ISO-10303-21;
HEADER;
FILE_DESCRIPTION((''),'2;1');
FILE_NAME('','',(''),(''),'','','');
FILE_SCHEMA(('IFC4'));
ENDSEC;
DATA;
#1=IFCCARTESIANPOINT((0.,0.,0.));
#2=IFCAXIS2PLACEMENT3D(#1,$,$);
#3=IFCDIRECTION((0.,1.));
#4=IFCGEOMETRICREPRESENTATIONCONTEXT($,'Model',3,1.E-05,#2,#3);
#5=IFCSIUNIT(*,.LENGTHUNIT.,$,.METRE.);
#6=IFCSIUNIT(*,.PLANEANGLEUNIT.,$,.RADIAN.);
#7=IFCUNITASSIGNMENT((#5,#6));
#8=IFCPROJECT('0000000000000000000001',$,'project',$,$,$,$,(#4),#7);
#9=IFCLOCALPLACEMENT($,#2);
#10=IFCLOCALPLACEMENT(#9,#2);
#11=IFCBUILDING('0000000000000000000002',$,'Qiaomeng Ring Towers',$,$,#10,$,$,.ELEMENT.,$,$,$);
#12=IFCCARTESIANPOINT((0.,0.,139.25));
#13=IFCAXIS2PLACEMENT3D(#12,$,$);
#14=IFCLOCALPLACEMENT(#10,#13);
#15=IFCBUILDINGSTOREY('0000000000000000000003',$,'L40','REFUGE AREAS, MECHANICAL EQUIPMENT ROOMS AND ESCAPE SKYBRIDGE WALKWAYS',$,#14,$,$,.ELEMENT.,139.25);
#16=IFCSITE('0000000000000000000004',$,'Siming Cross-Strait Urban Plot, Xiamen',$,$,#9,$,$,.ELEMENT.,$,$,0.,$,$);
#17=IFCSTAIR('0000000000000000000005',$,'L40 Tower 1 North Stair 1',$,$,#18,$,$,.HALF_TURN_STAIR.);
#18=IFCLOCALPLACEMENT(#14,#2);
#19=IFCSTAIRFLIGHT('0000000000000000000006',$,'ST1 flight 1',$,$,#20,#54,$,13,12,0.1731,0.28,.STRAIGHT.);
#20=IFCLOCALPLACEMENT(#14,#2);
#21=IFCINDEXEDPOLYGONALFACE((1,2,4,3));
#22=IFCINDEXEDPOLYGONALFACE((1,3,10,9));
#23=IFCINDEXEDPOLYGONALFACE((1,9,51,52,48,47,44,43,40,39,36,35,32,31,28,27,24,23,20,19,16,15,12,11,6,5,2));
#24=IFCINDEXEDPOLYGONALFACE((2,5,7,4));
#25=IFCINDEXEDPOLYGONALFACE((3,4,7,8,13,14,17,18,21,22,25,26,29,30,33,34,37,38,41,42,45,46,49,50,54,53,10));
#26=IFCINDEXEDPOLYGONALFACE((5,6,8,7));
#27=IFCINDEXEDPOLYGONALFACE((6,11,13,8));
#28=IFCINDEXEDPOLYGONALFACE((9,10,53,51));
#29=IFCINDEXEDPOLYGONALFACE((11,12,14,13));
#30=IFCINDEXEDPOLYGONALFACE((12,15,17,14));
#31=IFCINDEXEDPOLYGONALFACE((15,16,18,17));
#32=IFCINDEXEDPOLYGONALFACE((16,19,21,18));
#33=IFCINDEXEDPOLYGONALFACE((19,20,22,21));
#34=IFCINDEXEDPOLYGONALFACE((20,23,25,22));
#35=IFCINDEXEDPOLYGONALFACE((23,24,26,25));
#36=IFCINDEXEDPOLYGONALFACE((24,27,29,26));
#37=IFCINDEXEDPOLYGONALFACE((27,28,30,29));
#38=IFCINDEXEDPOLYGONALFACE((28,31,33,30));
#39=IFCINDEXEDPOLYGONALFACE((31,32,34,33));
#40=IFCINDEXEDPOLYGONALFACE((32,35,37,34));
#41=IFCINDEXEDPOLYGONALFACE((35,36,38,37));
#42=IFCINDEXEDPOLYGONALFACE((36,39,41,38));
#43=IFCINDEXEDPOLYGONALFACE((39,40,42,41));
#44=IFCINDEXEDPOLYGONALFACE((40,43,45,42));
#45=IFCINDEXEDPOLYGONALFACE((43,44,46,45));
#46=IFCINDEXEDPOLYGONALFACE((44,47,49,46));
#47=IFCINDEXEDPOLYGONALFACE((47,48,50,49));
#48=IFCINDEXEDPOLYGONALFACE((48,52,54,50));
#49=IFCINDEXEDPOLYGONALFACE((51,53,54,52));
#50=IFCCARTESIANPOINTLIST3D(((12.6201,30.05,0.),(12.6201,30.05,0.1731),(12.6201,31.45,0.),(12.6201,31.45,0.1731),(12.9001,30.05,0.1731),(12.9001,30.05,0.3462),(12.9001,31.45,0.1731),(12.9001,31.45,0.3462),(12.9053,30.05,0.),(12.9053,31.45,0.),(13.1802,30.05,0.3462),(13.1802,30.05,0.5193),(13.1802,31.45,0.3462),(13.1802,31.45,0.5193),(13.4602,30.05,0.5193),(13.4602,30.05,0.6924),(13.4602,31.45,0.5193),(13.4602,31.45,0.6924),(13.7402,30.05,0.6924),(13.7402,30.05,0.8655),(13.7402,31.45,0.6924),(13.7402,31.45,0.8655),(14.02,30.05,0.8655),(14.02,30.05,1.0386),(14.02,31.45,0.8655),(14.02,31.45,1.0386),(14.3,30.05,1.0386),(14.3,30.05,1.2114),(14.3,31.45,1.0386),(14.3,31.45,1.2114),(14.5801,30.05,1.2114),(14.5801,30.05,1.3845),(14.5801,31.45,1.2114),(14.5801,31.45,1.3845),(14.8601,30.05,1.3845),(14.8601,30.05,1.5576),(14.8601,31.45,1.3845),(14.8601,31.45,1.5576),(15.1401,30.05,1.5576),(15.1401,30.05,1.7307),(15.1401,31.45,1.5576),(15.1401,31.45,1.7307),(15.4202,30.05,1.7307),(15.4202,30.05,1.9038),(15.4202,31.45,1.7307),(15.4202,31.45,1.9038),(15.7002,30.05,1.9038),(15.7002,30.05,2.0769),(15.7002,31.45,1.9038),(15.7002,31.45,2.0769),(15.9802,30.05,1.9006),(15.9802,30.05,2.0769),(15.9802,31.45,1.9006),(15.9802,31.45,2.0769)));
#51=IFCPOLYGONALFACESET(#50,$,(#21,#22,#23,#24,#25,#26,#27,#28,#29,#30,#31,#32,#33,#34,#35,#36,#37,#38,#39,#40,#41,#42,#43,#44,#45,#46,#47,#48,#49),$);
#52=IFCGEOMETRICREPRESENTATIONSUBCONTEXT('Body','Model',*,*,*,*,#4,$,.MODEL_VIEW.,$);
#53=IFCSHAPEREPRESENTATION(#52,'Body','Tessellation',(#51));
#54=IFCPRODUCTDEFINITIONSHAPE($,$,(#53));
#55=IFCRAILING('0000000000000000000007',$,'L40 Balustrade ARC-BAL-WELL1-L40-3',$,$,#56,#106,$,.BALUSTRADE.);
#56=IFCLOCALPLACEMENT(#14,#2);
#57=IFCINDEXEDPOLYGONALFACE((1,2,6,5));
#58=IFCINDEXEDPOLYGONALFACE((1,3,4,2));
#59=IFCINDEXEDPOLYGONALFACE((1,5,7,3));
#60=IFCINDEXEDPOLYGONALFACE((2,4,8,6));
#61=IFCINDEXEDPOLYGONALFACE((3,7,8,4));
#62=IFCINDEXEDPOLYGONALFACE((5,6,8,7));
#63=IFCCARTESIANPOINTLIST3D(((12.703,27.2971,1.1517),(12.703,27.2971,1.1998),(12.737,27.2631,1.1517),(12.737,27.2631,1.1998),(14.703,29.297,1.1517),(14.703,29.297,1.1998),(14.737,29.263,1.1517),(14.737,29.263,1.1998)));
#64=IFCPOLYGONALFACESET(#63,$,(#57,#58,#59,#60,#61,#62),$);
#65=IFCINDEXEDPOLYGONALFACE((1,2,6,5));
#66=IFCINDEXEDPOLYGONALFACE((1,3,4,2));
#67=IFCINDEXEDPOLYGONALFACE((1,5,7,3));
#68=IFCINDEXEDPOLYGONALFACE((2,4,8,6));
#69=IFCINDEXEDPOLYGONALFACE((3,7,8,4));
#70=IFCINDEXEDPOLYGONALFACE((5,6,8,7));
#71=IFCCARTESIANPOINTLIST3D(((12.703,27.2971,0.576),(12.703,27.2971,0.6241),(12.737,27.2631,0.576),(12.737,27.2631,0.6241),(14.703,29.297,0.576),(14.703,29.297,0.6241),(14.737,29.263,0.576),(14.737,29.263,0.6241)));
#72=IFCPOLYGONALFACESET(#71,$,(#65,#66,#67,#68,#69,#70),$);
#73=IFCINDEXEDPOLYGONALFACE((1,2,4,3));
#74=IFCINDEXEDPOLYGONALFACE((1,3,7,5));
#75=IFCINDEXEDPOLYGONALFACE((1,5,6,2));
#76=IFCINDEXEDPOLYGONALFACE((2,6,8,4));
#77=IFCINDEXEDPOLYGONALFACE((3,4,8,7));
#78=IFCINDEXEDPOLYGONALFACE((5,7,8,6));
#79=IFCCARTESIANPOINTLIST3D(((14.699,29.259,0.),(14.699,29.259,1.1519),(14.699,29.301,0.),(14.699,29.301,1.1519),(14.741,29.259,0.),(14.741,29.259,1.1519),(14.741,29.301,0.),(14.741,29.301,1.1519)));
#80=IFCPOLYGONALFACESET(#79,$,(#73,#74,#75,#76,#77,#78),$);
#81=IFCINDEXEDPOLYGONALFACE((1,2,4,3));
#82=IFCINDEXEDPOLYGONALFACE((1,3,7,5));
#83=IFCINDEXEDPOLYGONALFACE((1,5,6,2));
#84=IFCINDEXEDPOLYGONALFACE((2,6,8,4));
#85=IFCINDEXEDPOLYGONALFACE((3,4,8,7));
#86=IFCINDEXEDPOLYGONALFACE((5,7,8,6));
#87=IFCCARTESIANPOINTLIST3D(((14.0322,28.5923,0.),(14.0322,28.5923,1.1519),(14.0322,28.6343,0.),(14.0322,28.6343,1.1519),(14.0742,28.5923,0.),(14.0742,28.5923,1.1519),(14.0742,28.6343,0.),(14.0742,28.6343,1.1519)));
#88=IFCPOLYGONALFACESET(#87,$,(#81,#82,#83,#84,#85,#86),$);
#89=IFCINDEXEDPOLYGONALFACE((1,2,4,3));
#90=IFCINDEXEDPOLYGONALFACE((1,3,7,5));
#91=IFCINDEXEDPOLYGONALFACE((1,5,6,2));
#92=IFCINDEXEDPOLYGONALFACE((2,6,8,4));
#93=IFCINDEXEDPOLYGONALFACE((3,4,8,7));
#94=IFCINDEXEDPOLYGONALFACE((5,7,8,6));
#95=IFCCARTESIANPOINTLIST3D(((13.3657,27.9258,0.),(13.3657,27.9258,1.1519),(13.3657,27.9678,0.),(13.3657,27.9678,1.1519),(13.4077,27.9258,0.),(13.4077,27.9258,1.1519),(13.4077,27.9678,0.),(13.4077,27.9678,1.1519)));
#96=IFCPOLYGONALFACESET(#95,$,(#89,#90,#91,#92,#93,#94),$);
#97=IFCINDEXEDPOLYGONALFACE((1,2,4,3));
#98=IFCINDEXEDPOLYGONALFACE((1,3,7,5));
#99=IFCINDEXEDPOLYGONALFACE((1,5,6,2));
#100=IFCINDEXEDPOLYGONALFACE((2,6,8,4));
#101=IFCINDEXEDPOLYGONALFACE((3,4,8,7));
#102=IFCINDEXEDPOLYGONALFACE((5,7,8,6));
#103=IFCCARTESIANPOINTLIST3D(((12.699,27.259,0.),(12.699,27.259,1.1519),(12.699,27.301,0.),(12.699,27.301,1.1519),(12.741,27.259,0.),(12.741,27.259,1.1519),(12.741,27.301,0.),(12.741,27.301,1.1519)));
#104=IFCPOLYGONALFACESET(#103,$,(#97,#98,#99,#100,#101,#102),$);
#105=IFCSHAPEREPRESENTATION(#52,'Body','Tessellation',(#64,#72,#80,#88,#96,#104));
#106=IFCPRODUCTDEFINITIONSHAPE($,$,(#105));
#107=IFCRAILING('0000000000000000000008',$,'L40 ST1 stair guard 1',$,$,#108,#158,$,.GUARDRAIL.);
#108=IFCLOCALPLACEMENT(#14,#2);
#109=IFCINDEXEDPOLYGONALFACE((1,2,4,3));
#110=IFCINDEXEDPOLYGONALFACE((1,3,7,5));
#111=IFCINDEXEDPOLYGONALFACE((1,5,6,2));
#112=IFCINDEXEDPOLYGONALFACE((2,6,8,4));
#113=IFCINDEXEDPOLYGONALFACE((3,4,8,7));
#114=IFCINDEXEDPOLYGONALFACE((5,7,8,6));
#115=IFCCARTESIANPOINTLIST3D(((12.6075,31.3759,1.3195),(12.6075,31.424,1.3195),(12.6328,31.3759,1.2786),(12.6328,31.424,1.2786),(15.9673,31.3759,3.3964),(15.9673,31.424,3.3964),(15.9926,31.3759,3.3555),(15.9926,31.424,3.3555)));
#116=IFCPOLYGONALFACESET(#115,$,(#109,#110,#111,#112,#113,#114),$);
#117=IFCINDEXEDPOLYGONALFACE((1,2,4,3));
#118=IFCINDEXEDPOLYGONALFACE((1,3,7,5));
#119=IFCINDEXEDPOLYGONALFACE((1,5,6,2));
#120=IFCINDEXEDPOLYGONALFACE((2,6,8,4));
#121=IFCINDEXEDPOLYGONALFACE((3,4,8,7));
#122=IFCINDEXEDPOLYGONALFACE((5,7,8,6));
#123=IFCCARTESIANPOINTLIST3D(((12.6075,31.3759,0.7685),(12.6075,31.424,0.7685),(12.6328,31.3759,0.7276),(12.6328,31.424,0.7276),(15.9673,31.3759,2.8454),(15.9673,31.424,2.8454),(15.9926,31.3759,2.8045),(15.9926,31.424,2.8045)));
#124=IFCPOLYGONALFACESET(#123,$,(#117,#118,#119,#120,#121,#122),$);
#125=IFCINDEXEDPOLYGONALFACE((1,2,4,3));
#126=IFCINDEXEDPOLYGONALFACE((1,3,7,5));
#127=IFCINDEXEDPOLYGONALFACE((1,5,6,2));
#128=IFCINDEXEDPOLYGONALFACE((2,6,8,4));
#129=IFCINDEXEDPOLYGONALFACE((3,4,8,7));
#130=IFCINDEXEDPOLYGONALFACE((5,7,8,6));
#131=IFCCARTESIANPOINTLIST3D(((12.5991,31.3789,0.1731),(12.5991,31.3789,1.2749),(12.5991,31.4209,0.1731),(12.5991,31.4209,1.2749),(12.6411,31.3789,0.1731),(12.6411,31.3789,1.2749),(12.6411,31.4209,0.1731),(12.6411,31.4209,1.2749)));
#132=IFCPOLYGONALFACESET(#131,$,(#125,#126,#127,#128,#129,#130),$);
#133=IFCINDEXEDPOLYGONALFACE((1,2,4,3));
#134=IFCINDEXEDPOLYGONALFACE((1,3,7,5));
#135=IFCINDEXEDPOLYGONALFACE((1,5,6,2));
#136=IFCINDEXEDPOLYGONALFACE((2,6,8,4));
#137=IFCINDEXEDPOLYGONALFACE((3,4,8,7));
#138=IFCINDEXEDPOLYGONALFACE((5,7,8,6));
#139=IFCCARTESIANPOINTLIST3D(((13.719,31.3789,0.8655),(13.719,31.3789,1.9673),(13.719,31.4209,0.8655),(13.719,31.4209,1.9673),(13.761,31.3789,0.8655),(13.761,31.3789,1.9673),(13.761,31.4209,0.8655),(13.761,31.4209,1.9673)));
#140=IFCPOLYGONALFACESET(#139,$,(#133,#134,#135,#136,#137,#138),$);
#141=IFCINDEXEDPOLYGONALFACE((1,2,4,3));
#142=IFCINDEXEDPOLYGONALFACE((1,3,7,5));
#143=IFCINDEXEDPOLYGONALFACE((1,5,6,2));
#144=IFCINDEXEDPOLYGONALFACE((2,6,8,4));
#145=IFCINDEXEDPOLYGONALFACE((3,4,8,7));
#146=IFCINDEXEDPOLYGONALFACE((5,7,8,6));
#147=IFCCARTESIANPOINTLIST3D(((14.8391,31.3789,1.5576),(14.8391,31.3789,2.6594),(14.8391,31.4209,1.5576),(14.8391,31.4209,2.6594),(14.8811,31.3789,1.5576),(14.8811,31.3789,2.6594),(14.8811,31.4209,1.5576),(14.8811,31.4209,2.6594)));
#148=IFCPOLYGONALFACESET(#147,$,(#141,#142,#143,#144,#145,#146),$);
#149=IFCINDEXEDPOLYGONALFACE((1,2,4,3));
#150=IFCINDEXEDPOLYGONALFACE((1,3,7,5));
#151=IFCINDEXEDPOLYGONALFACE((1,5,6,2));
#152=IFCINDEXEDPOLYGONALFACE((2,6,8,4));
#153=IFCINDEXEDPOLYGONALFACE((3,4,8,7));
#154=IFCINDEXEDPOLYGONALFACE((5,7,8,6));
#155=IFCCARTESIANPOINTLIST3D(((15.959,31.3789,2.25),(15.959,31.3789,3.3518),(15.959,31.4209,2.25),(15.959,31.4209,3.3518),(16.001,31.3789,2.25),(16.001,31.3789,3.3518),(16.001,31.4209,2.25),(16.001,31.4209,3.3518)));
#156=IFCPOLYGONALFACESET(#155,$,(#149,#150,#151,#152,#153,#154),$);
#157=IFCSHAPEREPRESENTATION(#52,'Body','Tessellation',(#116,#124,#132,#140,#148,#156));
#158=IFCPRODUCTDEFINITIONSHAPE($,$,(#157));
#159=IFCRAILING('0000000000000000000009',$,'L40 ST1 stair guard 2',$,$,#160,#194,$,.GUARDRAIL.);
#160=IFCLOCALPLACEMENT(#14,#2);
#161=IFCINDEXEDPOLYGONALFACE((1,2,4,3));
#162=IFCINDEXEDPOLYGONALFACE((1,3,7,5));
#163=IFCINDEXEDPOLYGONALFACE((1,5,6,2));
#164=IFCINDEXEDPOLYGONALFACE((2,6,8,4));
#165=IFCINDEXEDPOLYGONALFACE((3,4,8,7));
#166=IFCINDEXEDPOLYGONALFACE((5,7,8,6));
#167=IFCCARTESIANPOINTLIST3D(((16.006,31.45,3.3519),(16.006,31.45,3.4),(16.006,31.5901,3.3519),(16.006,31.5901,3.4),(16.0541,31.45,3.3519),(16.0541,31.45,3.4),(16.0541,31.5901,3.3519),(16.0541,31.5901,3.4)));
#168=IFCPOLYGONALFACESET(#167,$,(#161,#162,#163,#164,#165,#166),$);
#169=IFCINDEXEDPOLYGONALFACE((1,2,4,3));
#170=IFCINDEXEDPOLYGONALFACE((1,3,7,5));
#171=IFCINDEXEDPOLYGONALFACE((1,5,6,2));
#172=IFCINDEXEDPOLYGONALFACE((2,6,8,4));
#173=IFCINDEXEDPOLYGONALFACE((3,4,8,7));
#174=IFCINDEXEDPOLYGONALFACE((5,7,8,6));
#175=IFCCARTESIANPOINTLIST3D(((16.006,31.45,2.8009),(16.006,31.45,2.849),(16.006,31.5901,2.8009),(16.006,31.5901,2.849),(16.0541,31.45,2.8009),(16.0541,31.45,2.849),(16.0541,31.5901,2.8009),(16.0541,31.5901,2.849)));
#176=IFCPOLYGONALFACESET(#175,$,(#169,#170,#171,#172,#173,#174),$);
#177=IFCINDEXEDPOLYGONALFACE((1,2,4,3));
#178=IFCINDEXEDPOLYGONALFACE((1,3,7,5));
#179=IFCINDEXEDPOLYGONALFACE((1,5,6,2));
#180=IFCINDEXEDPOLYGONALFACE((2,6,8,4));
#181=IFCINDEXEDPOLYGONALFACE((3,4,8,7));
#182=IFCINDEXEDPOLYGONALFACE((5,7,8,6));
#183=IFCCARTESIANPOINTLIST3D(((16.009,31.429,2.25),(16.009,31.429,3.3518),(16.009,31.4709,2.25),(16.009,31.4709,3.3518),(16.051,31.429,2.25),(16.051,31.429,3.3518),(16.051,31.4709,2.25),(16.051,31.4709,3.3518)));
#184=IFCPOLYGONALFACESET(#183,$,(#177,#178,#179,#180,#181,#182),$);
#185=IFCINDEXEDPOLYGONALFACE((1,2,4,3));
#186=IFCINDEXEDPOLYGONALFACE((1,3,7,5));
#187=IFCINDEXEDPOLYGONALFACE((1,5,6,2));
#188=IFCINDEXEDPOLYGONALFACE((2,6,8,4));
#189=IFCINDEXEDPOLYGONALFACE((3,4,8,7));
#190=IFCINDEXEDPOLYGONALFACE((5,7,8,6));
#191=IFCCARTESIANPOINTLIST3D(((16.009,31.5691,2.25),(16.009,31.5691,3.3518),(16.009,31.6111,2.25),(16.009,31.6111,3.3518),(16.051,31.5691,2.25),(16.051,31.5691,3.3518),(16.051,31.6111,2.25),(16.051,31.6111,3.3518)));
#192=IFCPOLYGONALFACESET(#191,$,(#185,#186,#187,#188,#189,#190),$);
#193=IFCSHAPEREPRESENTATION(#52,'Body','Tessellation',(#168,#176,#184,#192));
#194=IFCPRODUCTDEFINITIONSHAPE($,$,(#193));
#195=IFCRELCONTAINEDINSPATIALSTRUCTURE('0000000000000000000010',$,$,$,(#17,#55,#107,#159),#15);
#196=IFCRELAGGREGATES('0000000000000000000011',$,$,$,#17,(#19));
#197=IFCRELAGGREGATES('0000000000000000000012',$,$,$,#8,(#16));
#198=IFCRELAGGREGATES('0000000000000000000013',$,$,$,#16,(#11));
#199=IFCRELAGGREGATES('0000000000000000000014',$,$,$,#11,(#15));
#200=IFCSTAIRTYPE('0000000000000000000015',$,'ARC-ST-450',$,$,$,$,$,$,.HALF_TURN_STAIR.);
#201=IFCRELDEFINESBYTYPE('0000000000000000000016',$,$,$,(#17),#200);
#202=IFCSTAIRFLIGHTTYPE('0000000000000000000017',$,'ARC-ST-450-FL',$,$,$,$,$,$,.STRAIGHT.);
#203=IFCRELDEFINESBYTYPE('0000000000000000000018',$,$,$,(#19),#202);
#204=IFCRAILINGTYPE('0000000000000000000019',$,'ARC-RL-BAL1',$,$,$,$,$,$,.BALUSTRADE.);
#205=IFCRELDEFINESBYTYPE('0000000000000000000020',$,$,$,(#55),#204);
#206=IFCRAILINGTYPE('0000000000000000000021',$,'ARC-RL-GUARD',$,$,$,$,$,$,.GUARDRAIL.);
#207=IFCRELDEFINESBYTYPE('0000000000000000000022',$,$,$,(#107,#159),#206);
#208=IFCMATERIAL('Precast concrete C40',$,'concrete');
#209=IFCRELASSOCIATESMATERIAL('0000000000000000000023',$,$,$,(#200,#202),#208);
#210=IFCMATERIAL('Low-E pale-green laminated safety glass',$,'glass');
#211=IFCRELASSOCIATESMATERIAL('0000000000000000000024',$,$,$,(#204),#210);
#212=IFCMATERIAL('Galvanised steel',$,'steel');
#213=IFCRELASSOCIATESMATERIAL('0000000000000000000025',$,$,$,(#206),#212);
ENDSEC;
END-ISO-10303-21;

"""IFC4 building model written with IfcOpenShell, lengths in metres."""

from ifc_helpers import new_model, si_unit, direction, frame, origin, origin_2d, place, context, subcontext, project, spatial, polyline, rectangle, outline, extrude, source, transform, mapped, material, type_object, element, aggregate, save


model = new_model("IFC4")

# Units and contexts
model_context = context("Model", 3, precision=1e-05, world=origin(), true_north=direction((0.0, 1.0)))
body_context = subcontext(model_context, "Body", "Model", "MODEL_VIEW")
ifc_project = project(units=[si_unit("LENGTHUNIT", "METRE"), si_unit("PLANEANGLEUNIT", "RADIAN")], contexts=[model_context])

# Site, building, storey
site_placement = place(None, origin())
site = spatial("IfcSite", under=ifc_project, at=site_placement, Name="Siming Cross-Strait Urban Plot, Xiamen", CompositionType="ELEMENT", RefElevation=0.0)
building_placement = place(site_placement, origin())
building = spatial("IfcBuilding", under=site, at=building_placement, Name="Qiaomeng Ring Towers", CompositionType="ELEMENT")
storey_placement = place(building_placement, frame((0.0, 0.0, 139.25)))
storey = spatial("IfcBuildingStorey", under=building, at=storey_placement, Name="L40", Description="REFUGE AREAS, MECHANICAL EQUIPMENT ROOMS AND ESCAPE SKYBRIDGE WALKWAYS", CompositionType="ELEMENT", Elevation=139.25)

# Stair, stair flight
ifc_material_1 = material(Name="Precast concrete C40", Category="concrete")
stair_type = type_object("IfcStairType", Name="ARC-ST-450", PredefinedType="HALF_TURN_STAIR", material=ifc_material_1)
stair_placement = place(storey_placement, origin())
stair = element("IfcStair", 1, at=stair_placement, inside=storey, type_object=stair_type, Name="L40 Tower 1 North Stair 1", PredefinedType="HALF_TURN_STAIR")
stair_flight_type = type_object("IfcStairFlightType", Name="ARC-ST-450-FL", PredefinedType="STRAIGHT", material=ifc_material_1)
shared_shape_1 = source(origin(), body_context, "Body", "SweptSolid", [
    extrude(outline(polyline([(0.0, 0.0), (0.0, 0.1731), (0.28, 0.1731), (0.28, 0.3462), (0.5601, 0.3462), (0.5601, 0.5193), (0.8401, 0.5193), (0.8401, 0.6924), (1.1201, 0.6924), (1.1201, 0.8655), (1.3999, 0.8655), (1.3999, 1.0386), (1.6799, 1.0386), (1.6799, 1.2114), (1.96, 1.2114), (1.96, 1.3845), (2.24, 1.3845), (2.24, 1.5576), (2.52, 1.5576), (2.52, 1.7307), (2.8, 1.7307), (2.8, 1.9038), (3.0801, 1.9038), (3.0801, 2.0769), (3.3601, 2.0769), (3.3601, 2.25), (3.3601, 1.9006), (0.2852, 0.0), (0.0, 0.0)])), frame((0.0, 0.7, 0.0), z_axis=(0.0, -1.0, 0.0), x_axis=(1.0, 0.0, 0.0)), (0.0, 0.0, 1.0), 1.3999),
])
stair_flight_placement = place(storey_placement, frame((12.6201, 30.75, 0.0), z_axis=(0.0, 0.0, 1.0), x_axis=(1.0, 0.0, 0.0)))
stair_flight = element("IfcStairFlight", 2, at=stair_flight_placement, type_object=stair_flight_type, Name="ST1 flight 1", NumberOfRisers=13, NumberOfTreads=12, PredefinedType="STRAIGHT", RiserHeight=0.1731, TreadLength=0.28, context=body_context, shape_type="MappedRepresentation", body=[
    mapped(shared_shape_1, transform((0.0, 0.0, 0.0), x_axis=(1.0, 0.0, 0.0), y_axis=(0.0, 1.0, 0.0), z_axis=(0.0, 0.0, 1.0), scale=1.0)),
])
aggregate(stair, [stair_flight])

# Railings
ifc_material_2 = material(Name="Low-E pale-green laminated safety glass", Category="glass")
railing_type_1 = type_object("IfcRailingType", Name="ARC-RL-BAL1", PredefinedType="BALUSTRADE", material=ifc_material_2)
railing_1_placement = place(storey_placement, frame((14.72, 29.28, 0.0)))
element("IfcRailing", 3, at=railing_1_placement, inside=storey, type_object=railing_type_1, Name="L40 Balustrade ARC-BAL-WELL1-L40-3", PredefinedType="BALUSTRADE", context=body_context, shape_type="SweptSolid", body=[
    extrude(rectangle(XDim=0.0481, YDim=0.0481, at=origin_2d()), frame((0.0, 0.0, 1.1758), z_axis=(-0.707107, -0.707107, 0.0), x_axis=(0.707107, -0.707107, 0.0)), (0.0, 0.0, 1.0), 2.8284),
    extrude(rectangle(XDim=0.0481, YDim=0.0481, at=origin_2d()), frame((0.0, 0.0, 0.6001), z_axis=(-0.707107, -0.707107, 0.0), x_axis=(0.707107, -0.707107, 0.0)), (0.0, 0.0, 1.0), 2.8284),
    extrude(rectangle(XDim=0.042, YDim=0.042, at=origin_2d()), origin(), (0.0, 0.0, 1.0), 1.1519),
    extrude(rectangle(XDim=0.042, YDim=0.042, at=origin_2d()), frame((-0.6667, -0.6667, 0.0)), (0.0, 0.0, 1.0), 1.1519),
    extrude(rectangle(XDim=0.042, YDim=0.042, at=origin_2d()), frame((-1.3333, -1.3333, 0.0)), (0.0, 0.0, 1.0), 1.1519),
    extrude(rectangle(XDim=0.042, YDim=0.042, at=origin_2d()), frame((-2.0, -2.0, 0.0)), (0.0, 0.0, 1.0), 1.1519),
])
ifc_material_3 = material(Name="Galvanised steel", Category="steel")
railing_type_2 = type_object("IfcRailingType", Name="ARC-RL-GUARD", PredefinedType="GUARDRAIL", material=ifc_material_3)
railing_2_placement = place(storey_placement, frame((12.6201, 31.3999, 0.1731)))
element("IfcRailing", 4, at=railing_2_placement, inside=storey, type_object=railing_type_2, Name="L40 ST1 stair guard 1", PredefinedType="GUARDRAIL", context=body_context, shape_type="SweptSolid", body=[
    extrude(rectangle(XDim=0.0481, YDim=0.0481, at=origin_2d()), frame((0.0, 0.0, 1.126), z_axis=(0.850606, 0.0, 0.525803), x_axis=(0.0, 1.0, 0.0)), (0.0, 0.0, 1.0), 3.95),
    extrude(rectangle(XDim=0.0481, YDim=0.0481, at=origin_2d()), frame((0.0, 0.0, 0.575), z_axis=(0.850606, 0.0, 0.525803), x_axis=(0.0, 1.0, 0.0)), (0.0, 0.0, 1.0), 3.95),
    extrude(rectangle(XDim=0.042, YDim=0.042, at=origin_2d()), origin(), (0.0, 0.0, 1.0), 1.1018),
    extrude(rectangle(XDim=0.042, YDim=0.042, at=origin_2d()), frame((1.1199, 0.0, 0.6924)), (0.0, 0.0, 1.0), 1.1018),
    extrude(rectangle(XDim=0.042, YDim=0.042, at=origin_2d()), frame((2.24, 0.0, 1.3845)), (0.0, 0.0, 1.0), 1.1018),
    extrude(rectangle(XDim=0.042, YDim=0.042, at=origin_2d()), frame((3.3599, 0.0, 2.0769)), (0.0, 0.0, 1.0), 1.1018),
])
railing_3_placement = place(storey_placement, frame((16.03, 31.45, 2.25)))
element("IfcRailing", 5, at=railing_3_placement, inside=storey, type_object=railing_type_2, Name="L40 ST1 stair guard 2", PredefinedType="GUARDRAIL", context=body_context, shape_type="SweptSolid", body=[
    extrude(rectangle(XDim=0.0481, YDim=0.0481, at=origin_2d()), frame((0.0, 0.0, 1.126), z_axis=(0.0, 1.0, 0.0), x_axis=(-1.0, 0.0, 0.0)), (0.0, 0.0, 1.0), 0.1401),
    extrude(rectangle(XDim=0.0481, YDim=0.0481, at=origin_2d()), frame((0.0, 0.0, 0.575), z_axis=(0.0, 1.0, 0.0), x_axis=(-1.0, 0.0, 0.0)), (0.0, 0.0, 1.0), 0.1401),
    extrude(rectangle(XDim=0.042, YDim=0.042, at=origin_2d()), origin(), (0.0, 0.0, 1.0), 1.1018),
    extrude(rectangle(XDim=0.042, YDim=0.042, at=origin_2d()), frame((0.0, 0.1401, 0.0)), (0.0, 0.0, 1.0), 1.1018),
])

save(model, "model.ifc")
